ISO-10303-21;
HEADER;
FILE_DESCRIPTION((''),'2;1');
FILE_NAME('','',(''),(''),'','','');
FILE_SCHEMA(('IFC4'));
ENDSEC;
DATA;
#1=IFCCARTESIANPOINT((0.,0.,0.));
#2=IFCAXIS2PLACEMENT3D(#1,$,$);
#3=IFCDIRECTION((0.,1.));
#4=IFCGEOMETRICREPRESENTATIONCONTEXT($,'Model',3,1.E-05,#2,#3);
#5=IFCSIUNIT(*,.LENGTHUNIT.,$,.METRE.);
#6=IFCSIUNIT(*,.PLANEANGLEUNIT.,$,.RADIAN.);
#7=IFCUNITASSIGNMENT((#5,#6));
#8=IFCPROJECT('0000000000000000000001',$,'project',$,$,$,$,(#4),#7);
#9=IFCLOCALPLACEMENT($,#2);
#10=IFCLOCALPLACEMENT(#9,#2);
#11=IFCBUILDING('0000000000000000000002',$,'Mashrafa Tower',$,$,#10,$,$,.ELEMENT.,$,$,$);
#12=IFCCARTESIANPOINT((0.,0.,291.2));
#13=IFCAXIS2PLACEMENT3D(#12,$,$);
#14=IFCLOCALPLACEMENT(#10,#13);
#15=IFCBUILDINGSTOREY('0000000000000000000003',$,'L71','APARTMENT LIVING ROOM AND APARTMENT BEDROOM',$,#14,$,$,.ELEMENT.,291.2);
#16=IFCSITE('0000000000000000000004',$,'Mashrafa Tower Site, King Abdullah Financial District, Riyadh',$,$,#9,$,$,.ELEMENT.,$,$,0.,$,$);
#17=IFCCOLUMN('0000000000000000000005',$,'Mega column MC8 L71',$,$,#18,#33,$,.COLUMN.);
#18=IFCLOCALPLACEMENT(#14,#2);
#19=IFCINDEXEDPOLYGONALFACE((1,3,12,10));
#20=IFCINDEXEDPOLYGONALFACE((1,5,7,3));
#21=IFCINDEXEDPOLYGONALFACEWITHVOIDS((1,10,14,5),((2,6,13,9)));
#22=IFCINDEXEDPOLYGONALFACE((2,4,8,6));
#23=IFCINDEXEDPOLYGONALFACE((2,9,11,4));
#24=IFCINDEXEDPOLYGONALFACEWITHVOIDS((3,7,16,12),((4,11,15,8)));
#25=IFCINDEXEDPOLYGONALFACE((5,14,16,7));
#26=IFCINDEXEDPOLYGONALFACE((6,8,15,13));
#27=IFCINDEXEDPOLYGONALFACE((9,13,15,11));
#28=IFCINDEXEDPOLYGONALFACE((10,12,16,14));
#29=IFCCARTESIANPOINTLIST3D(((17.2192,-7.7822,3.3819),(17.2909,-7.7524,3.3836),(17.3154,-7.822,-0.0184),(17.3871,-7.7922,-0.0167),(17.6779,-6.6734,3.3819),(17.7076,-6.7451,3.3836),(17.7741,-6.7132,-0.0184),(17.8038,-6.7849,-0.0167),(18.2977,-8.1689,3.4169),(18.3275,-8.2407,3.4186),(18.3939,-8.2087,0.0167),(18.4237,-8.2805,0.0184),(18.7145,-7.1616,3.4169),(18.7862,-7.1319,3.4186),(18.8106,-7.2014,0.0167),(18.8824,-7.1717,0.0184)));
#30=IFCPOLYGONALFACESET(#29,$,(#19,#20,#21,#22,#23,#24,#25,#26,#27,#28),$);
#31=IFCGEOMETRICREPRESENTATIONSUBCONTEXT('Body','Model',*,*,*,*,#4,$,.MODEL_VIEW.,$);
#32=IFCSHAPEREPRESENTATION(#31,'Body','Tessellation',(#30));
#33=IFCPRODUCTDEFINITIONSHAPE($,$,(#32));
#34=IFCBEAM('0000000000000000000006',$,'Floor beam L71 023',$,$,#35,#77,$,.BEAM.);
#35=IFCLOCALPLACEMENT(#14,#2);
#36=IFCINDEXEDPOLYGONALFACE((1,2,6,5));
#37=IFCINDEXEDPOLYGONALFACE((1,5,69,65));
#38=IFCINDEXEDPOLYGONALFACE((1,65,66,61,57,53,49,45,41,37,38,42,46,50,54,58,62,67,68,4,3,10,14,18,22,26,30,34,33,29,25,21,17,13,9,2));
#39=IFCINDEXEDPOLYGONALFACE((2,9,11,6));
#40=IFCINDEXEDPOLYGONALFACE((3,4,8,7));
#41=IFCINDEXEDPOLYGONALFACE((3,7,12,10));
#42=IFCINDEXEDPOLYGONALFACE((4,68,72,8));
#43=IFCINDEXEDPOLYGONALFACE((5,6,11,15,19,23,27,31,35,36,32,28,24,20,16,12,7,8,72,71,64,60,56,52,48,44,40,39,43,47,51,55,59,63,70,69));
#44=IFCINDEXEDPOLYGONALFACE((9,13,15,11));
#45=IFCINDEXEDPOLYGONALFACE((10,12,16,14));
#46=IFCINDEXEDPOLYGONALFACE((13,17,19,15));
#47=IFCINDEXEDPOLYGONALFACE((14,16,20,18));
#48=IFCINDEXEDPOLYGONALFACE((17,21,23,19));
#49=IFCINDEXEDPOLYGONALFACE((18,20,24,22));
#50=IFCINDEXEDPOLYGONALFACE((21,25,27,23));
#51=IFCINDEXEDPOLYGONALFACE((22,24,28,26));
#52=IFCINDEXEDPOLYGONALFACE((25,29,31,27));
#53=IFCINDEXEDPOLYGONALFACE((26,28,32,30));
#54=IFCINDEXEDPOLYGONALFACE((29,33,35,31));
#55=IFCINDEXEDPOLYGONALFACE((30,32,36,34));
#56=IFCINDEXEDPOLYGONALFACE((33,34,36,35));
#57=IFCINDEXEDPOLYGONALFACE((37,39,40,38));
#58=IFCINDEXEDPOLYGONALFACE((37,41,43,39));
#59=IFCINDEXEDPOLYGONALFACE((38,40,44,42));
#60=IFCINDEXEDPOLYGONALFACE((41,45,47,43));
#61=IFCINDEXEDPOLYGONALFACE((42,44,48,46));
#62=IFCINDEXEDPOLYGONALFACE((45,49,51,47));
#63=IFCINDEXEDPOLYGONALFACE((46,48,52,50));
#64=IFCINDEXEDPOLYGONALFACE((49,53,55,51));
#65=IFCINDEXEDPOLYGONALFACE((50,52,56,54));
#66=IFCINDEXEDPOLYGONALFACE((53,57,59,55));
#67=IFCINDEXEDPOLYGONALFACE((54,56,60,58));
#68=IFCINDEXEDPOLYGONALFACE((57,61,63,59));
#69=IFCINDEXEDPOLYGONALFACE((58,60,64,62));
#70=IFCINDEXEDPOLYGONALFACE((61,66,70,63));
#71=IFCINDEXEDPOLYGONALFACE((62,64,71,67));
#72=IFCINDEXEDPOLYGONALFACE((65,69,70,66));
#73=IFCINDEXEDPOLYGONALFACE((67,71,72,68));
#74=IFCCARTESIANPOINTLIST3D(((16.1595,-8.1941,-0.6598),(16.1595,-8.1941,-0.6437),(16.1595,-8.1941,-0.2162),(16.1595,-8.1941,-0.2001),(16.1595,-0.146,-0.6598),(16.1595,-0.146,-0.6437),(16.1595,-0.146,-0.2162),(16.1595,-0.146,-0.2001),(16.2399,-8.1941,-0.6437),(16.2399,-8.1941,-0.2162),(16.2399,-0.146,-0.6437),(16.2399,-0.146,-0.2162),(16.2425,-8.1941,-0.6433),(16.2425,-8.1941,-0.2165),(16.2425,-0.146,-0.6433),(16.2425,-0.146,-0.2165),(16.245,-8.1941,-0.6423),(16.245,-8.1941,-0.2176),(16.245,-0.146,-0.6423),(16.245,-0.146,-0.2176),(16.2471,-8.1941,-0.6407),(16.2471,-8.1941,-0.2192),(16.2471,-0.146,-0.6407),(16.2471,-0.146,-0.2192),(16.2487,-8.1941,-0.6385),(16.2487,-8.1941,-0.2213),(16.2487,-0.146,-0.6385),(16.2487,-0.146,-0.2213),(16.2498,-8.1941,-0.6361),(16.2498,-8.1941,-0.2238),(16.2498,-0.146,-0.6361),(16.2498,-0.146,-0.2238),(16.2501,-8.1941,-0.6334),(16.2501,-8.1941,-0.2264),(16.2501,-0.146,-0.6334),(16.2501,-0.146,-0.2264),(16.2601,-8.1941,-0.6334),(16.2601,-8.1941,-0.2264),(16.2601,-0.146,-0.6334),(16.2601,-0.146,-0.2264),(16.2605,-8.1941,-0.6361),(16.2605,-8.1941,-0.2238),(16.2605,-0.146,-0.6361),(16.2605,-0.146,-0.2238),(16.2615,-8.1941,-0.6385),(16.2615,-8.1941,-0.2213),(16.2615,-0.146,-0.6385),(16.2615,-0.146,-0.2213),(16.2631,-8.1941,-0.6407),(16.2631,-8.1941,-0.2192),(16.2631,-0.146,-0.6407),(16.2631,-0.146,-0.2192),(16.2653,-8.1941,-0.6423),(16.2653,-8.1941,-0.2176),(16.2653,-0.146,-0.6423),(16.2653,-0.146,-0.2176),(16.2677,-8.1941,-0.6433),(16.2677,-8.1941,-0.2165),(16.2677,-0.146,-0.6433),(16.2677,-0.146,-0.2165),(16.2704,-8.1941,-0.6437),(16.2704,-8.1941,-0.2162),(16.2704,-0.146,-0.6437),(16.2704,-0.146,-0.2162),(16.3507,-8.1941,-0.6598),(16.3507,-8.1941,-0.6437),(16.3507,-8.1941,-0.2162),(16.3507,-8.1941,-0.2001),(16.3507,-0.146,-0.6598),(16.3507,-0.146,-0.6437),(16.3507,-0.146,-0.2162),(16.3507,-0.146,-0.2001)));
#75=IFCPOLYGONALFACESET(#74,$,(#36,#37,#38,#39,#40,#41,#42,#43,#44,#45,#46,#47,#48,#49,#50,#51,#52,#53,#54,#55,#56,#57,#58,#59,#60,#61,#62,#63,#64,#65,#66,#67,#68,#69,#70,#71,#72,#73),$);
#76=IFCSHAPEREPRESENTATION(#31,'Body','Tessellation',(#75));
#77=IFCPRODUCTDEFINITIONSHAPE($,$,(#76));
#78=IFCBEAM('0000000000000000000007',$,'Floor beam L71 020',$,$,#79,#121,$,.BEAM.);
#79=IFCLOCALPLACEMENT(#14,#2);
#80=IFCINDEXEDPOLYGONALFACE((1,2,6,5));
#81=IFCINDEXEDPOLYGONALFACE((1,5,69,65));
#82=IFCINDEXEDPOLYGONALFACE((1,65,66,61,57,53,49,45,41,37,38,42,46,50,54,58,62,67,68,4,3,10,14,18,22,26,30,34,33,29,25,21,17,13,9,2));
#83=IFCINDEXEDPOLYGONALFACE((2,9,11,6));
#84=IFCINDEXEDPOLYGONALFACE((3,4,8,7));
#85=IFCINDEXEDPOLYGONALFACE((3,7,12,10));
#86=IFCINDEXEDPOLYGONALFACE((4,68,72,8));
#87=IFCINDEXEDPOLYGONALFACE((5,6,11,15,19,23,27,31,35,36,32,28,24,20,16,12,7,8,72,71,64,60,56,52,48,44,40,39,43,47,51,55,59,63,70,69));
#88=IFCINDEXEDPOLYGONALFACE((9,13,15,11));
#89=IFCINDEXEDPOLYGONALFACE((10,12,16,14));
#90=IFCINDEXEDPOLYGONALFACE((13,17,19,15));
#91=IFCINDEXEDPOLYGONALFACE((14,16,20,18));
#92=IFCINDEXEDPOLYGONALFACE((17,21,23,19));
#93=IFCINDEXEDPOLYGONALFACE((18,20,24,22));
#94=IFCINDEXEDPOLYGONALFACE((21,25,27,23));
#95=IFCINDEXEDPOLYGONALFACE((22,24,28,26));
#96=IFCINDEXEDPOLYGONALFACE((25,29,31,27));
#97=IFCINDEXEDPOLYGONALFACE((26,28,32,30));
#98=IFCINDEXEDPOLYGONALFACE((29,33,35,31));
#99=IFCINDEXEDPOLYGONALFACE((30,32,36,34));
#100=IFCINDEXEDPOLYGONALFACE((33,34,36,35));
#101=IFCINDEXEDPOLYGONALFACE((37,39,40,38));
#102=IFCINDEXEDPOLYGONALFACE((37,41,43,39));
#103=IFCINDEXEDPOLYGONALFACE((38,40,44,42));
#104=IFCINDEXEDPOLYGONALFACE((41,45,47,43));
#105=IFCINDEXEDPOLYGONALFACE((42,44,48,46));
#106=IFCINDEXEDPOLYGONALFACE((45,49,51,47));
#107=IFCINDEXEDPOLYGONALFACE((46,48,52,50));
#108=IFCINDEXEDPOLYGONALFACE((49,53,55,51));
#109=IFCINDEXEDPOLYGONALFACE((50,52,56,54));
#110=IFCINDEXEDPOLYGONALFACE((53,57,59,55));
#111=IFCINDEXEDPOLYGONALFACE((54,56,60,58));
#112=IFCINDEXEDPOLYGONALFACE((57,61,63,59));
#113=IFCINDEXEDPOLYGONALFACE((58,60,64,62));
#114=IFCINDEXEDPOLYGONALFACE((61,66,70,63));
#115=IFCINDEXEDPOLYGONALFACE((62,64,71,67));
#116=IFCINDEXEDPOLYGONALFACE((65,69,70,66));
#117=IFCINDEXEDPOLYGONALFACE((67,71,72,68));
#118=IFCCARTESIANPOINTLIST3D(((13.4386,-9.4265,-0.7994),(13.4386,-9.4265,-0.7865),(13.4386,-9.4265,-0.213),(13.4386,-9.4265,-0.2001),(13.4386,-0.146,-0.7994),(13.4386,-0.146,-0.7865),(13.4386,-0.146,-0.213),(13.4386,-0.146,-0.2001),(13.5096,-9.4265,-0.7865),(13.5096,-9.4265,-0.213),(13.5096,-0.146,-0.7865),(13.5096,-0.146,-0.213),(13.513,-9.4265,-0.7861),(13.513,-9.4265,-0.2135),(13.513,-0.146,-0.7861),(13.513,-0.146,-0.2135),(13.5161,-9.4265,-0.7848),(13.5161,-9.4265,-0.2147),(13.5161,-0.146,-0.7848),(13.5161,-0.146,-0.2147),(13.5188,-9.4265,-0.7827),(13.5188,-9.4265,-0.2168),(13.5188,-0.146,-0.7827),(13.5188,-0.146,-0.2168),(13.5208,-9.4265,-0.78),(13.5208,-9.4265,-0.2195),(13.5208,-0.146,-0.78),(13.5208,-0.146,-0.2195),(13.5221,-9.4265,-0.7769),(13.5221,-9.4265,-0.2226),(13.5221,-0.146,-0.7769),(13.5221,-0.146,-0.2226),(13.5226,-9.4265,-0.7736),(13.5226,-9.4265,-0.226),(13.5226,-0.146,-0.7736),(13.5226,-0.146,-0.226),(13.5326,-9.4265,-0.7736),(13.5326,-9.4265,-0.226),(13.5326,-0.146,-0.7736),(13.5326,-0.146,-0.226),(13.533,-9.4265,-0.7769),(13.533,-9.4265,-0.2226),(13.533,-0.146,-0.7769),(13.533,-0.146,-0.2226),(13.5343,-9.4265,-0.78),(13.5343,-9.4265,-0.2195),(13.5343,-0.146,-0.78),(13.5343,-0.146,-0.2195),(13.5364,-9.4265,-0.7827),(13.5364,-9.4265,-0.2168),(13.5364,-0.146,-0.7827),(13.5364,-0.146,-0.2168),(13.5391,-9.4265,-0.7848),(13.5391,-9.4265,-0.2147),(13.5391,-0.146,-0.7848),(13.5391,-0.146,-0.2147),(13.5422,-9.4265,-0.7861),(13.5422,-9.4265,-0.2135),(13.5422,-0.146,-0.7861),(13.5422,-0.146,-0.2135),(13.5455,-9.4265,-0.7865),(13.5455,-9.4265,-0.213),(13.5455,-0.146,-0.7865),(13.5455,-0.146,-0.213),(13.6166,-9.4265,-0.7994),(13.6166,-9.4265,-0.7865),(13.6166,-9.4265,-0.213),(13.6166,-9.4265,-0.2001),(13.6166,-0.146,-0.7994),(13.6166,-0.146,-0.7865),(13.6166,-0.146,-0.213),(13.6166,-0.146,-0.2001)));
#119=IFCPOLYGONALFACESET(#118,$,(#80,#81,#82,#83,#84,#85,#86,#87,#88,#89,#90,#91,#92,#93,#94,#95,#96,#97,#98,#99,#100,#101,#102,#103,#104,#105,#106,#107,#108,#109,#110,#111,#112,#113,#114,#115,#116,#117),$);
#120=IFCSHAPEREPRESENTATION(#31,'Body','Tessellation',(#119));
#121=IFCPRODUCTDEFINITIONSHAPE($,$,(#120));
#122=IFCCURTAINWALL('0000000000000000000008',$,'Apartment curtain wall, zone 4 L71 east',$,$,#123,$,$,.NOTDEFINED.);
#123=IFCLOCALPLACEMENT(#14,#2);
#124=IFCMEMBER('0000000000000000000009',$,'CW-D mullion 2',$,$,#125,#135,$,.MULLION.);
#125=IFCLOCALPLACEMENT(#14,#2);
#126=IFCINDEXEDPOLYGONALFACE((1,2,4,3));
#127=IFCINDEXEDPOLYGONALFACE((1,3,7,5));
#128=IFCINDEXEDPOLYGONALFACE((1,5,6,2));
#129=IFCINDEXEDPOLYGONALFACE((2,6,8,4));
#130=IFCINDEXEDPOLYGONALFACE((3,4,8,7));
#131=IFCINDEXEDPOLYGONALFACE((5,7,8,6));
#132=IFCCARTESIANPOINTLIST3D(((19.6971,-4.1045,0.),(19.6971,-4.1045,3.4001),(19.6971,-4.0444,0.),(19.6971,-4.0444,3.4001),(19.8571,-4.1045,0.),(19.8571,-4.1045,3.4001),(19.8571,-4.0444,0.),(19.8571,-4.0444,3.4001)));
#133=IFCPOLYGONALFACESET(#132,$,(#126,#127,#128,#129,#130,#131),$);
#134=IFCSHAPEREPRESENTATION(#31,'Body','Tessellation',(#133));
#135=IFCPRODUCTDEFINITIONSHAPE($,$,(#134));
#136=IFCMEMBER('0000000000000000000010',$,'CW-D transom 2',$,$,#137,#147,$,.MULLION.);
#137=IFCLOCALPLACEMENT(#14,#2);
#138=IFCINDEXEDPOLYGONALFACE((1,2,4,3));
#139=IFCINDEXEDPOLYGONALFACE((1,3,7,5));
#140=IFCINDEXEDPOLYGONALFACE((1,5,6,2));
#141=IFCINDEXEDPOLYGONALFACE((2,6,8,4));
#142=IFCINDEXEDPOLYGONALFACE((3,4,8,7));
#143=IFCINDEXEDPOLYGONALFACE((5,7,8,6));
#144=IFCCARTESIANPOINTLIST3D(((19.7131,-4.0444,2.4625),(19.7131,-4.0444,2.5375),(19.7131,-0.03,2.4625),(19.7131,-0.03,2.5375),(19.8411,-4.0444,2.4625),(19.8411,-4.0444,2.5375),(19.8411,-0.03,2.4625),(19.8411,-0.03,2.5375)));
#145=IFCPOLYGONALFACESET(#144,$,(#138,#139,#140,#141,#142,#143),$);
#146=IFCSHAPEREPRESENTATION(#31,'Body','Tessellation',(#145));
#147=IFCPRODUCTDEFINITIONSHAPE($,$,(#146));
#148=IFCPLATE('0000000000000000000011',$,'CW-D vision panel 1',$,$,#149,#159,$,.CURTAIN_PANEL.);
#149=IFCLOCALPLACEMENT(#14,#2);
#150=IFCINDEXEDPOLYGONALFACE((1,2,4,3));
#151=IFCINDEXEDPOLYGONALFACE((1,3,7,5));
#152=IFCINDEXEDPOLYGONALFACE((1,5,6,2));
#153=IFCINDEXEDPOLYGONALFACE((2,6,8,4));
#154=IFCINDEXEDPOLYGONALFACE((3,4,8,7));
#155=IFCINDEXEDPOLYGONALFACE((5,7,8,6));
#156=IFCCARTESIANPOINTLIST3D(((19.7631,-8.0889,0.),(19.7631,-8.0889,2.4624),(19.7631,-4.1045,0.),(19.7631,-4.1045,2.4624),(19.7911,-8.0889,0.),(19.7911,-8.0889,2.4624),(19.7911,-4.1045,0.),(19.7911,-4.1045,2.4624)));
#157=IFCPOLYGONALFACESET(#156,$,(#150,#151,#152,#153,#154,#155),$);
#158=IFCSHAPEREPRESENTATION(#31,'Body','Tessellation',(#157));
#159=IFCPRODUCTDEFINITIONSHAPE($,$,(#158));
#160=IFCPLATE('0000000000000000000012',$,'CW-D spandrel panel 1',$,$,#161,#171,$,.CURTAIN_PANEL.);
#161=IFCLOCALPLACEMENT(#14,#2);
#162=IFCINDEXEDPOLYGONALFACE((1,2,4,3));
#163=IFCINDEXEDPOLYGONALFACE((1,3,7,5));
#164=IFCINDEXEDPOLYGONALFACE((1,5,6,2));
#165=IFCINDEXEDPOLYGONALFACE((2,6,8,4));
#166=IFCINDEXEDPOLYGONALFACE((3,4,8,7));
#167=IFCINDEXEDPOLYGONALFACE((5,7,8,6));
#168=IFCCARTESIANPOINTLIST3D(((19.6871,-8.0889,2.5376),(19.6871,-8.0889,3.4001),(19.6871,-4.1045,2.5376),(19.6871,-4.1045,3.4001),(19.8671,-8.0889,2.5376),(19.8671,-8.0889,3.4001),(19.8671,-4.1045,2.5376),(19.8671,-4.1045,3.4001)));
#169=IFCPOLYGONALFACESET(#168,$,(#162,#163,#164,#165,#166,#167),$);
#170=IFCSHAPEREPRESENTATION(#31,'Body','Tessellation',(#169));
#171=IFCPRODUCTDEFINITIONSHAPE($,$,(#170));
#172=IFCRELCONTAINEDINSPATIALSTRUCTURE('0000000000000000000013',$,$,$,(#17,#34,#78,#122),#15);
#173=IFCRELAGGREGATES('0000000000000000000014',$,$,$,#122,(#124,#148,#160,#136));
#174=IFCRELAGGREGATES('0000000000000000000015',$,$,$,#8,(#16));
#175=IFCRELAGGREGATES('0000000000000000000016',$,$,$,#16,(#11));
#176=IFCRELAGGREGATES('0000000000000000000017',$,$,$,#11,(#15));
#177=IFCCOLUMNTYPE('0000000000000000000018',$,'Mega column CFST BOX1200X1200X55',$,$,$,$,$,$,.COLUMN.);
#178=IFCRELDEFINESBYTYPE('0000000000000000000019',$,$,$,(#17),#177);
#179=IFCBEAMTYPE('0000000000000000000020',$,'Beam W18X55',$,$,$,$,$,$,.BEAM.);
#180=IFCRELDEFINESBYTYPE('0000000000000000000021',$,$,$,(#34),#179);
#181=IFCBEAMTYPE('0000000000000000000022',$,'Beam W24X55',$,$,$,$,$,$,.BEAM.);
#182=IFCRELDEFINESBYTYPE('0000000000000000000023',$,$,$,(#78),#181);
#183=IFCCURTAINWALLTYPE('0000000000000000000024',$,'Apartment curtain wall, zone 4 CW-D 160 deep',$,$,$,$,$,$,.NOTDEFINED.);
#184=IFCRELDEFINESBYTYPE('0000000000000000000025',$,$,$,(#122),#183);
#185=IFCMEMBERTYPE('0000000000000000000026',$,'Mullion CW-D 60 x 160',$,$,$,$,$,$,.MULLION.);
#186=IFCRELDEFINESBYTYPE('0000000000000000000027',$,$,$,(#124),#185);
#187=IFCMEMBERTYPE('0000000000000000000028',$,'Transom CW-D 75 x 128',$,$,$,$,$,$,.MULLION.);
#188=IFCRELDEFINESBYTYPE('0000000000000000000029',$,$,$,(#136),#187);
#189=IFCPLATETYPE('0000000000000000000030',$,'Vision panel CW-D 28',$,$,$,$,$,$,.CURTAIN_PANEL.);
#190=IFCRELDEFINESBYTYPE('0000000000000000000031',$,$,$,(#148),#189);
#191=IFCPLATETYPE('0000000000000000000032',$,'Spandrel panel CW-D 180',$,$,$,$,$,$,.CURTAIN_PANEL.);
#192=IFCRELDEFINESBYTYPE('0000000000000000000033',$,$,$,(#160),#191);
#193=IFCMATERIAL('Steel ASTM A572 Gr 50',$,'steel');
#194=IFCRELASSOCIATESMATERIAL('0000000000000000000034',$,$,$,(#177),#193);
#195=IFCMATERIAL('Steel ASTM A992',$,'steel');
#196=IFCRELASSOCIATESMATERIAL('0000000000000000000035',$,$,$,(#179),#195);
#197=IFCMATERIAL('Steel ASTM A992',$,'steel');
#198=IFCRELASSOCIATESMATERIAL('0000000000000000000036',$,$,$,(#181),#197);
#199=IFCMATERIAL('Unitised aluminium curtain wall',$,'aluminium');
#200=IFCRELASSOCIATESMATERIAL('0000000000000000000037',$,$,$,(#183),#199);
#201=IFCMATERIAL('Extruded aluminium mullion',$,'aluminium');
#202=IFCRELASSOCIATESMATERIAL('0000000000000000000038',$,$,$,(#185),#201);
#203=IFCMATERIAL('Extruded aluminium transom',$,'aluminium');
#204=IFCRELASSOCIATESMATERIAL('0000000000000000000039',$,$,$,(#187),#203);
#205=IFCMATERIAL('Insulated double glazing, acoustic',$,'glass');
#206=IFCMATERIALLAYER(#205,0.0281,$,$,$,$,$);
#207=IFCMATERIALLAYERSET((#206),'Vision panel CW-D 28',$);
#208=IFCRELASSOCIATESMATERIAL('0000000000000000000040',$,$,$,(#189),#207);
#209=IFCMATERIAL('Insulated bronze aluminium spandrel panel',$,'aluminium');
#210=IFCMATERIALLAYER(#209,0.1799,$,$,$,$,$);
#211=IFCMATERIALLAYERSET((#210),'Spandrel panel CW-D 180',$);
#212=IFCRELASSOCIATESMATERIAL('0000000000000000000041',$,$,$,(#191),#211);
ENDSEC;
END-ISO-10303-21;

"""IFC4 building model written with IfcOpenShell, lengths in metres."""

from ifc_helpers import new_model, si_unit, direction, frame, origin, origin_2d, place, context, subcontext, project, spatial, rectangle, hollow_rectangle, i_section, extrude, source, transform, mapped, material, layer, layer_set, material_profile, profile_set, type_object, type_shapes, element, aggregate, save


model = new_model("IFC4")

# Units and contexts
model_context = context("Model", 3, precision=1e-05, world=origin(), true_north=direction((0.0, 1.0)))
body_context = subcontext(model_context, "Body", "Model", "MODEL_VIEW")
ifc_project = project(units=[si_unit("LENGTHUNIT", "METRE"), si_unit("PLANEANGLEUNIT", "RADIAN")], contexts=[model_context])

# Site, building, storey
site_placement = place(None, origin())
site = spatial("IfcSite", under=ifc_project, at=site_placement, Name="Mashrafa Tower Site, King Abdullah Financial District, Riyadh", CompositionType="ELEMENT", RefElevation=0.0)
building_placement = place(site_placement, origin())
building = spatial("IfcBuilding", under=site, at=building_placement, Name="Mashrafa Tower", CompositionType="ELEMENT")
storey_placement = place(building_placement, frame((0.0, 0.0, 291.2)))
storey = spatial("IfcBuildingStorey", under=building, at=storey_placement, Name="L71", Description="APARTMENT LIVING ROOM AND APARTMENT BEDROOM", CompositionType="ELEMENT", Elevation=291.2)

# Column
ifc_material_1 = material(Name="Steel ASTM A572 Gr 50", Category="steel")
ifc_material_profile_1 = material_profile(ifc_material_1, hollow_rectangle(XDim=1.2, YDim=1.2, WallThickness=0.0549, at=origin_2d()), Name="BOX1200X1200X55")
ifc_profile_set_1 = profile_set([ifc_material_profile_1], Name="Steel ASTM A572 Gr 50")
column_type = type_object("IfcColumnType", Name="Mega column CFST BOX1200X1200X55", PredefinedType="COLUMN", material=ifc_profile_set_1)
column_placement = place(storey_placement, frame((18.0989, -7.4968, 0.0), z_axis=(-0.028277, 0.011698, 0.999532), x_axis=(-0.382283, -0.924045, 0.0)))
element("IfcColumn", 1, at=column_placement, inside=storey, type_object=column_type, Name="Mega column MC8 L71", PredefinedType="COLUMN", context=body_context, shape_type="SweptSolid", body=[
    extrude(hollow_rectangle(XDim=1.2, YDim=1.2, WallThickness=0.0549, at=origin_2d()), origin(), (0.0, 0.0, 1.0), 3.4019),
])

# Beams
ifc_material_2 = material(Name="Steel ASTM A992", Category="steel")
ifc_material_profile_2 = material_profile(ifc_material_2, i_section(OverallWidth=0.1912, OverallDepth=0.4597, WebThickness=0.01, FlangeThickness=0.0161, FilletRadius=0.0103, at=origin_2d()), Name="W18X55")
ifc_profile_set_2 = profile_set([ifc_material_profile_2], Name="Steel ASTM A992")
beam_type_1 = type_object("IfcBeamType", Name="Beam W18X55", PredefinedType="BEAM", material=ifc_profile_set_2)
beam_1_placement = place(storey_placement, frame((16.2551, -0.146, -0.4299), z_axis=(0.0, -1.0, 0.0), x_axis=(1.0, 0.0, 0.0)))
element("IfcBeam", 2, at=beam_1_placement, inside=storey, type_object=beam_type_1, Name="Floor beam L71 023", PredefinedType="BEAM", context=body_context, shape_type="SweptSolid", body=[
    extrude(i_section(OverallWidth=0.1912, OverallDepth=0.4597, WebThickness=0.01, FlangeThickness=0.0161, FilletRadius=0.0103, at=origin_2d()), origin(), (0.0, 0.0, 1.0), 8.0481),
])
ifc_material_3 = material(Name="Steel ASTM A992", Category="steel")
ifc_material_profile_3 = material_profile(ifc_material_3, i_section(OverallWidth=0.178, OverallDepth=0.5994, WebThickness=0.01, FlangeThickness=0.0129, FilletRadius=0.0129, at=origin_2d()), Name="W24X55")
ifc_profile_set_3 = profile_set([ifc_material_profile_3], Name="Steel ASTM A992")
beam_type_2 = type_object("IfcBeamType", Name="Beam W24X55", PredefinedType="BEAM", material=ifc_profile_set_3)
beam_2_placement = place(storey_placement, frame((13.5276, -0.146, -0.4998), z_axis=(0.0, -1.0, 0.0), x_axis=(1.0, 0.0, 0.0)))
element("IfcBeam", 3, at=beam_2_placement, inside=storey, type_object=beam_type_2, Name="Floor beam L71 020", PredefinedType="BEAM", context=body_context, shape_type="SweptSolid", body=[
    extrude(i_section(OverallWidth=0.178, OverallDepth=0.5994, WebThickness=0.01, FlangeThickness=0.0129, FilletRadius=0.0129, at=origin_2d()), origin(), (0.0, 0.0, 1.0), 9.2805),
])

# Curtain wall, members, plates
ifc_material_4 = material(Name="Unitised aluminium curtain wall", Category="aluminium")
curtain_wall_type = type_object("IfcCurtainWallType", Name="Apartment curtain wall, zone 4 CW-D 160 deep", PredefinedType="NOTDEFINED", material=ifc_material_4)
curtain_wall_placement = place(storey_placement, origin())
curtain_wall = element("IfcCurtainWall", 4, at=curtain_wall_placement, inside=storey, type_object=curtain_wall_type, Name="Apartment curtain wall, zone 4 L71 east", PredefinedType="NOTDEFINED")
ifc_material_5 = material(Name="Extruded aluminium mullion", Category="aluminium")
ifc_material_profile_4 = material_profile(ifc_material_5, rectangle(XDim=0.1599, YDim=0.0601, at=origin_2d()), Name="Mullion 60x160")
ifc_profile_set_4 = profile_set([ifc_material_profile_4], Name="Extruded aluminium mullion")
member_type_1 = type_object("IfcMemberType", Name="Mullion CW-D 60 x 160", PredefinedType="MULLION", material=ifc_profile_set_4)
shared_shape_1 = source(origin(), body_context, "Body", "SweptSolid", [
    extrude(rectangle(XDim=0.1599, YDim=0.0601, at=origin_2d()), origin(), (0.0, 0.0, 1.0), 3.4001),
])
type_shapes(member_type_1, [shared_shape_1])
member_1_placement = place(storey_placement, frame((19.7771, -4.0745, 0.0), z_axis=(0.0, 0.0, 1.0), x_axis=(-1.0, 0.0, 0.0)))
member_1 = element("IfcMember", 5, at=member_1_placement, type_object=member_type_1, Name="CW-D mullion 2", PredefinedType="MULLION", context=body_context, shape_type="MappedRepresentation", body=[
    mapped(shared_shape_1, transform((0.0, 0.0, 0.0))),
])
ifc_material_6 = material(Name="Extruded aluminium transom", Category="aluminium")
ifc_material_profile_5 = material_profile(ifc_material_6, rectangle(XDim=0.1279, YDim=0.075, at=origin_2d()), Name="Transom 75x128")
ifc_profile_set_5 = profile_set([ifc_material_profile_5], Name="Extruded aluminium transom")
member_type_2 = type_object("IfcMemberType", Name="Transom CW-D 75 x 128", PredefinedType="MULLION", material=ifc_profile_set_5)
shared_shape_2 = source(origin(), body_context, "Body", "SweptSolid", [
    extrude(rectangle(XDim=0.1279, YDim=0.075, at=origin_2d()), origin(), (0.0, 0.0, 1.0), 4.0144),
])
type_shapes(member_type_2, [shared_shape_2])
member_2_placement = place(storey_placement, frame((19.7771, -4.0444, 2.5), z_axis=(0.0, 1.0, 0.0), x_axis=(-1.0, 0.0, 0.0)))
member_2 = element("IfcMember", 6, at=member_2_placement, type_object=member_type_2, Name="CW-D transom 2", PredefinedType="MULLION", context=body_context, shape_type="MappedRepresentation", body=[
    mapped(shared_shape_2, transform((0.0, 0.0, 0.0))),
])
ifc_material_7 = material(Name="Insulated double glazing, acoustic", Category="glass")
ifc_layer_1 = layer(ifc_material_7, 0.0281)
ifc_layer_set_1 = layer_set([ifc_layer_1], Name="Vision panel CW-D 28")
plate_type_1 = type_object("IfcPlateType", Name="Vision panel CW-D 28", PredefinedType="CURTAIN_PANEL", material=ifc_layer_set_1)
shared_shape_3 = source(origin(), body_context, "Body", "SweptSolid", [
    extrude(rectangle(XDim=3.9844, YDim=0.0281, at=origin_2d()), origin(), (0.0, 0.0, 1.0), 2.4624),
])
plate_1_placement = place(storey_placement, frame((19.7771, -6.0967, 0.0), z_axis=(0.0, 0.0, 1.0), x_axis=(0.0, 1.0, 0.0)))
plate_1 = element("IfcPlate", 7, at=plate_1_placement, type_object=plate_type_1, Name="CW-D vision panel 1", PredefinedType="CURTAIN_PANEL", context=body_context, shape_type="MappedRepresentation", body=[
    mapped(shared_shape_3, transform((0.0, 0.0, 0.0))),
])
ifc_material_8 = material(Name="Insulated bronze aluminium spandrel panel", Category="aluminium")
ifc_layer_2 = layer(ifc_material_8, 0.1799)
ifc_layer_set_2 = layer_set([ifc_layer_2], Name="Spandrel panel CW-D 180")
plate_type_2 = type_object("IfcPlateType", Name="Spandrel panel CW-D 180", PredefinedType="CURTAIN_PANEL", material=ifc_layer_set_2)
shared_shape_4 = source(origin(), body_context, "Body", "SweptSolid", [
    extrude(rectangle(XDim=3.9844, YDim=0.1799, at=origin_2d()), origin(), (0.0, 0.0, 1.0), 0.8625),
])
plate_2_placement = place(storey_placement, frame((19.7771, -6.0967, 2.5376), z_axis=(0.0, 0.0, 1.0), x_axis=(0.0, 1.0, 0.0)))
plate_2 = element("IfcPlate", 8, at=plate_2_placement, type_object=plate_type_2, Name="CW-D spandrel panel 1", PredefinedType="CURTAIN_PANEL", context=body_context, shape_type="MappedRepresentation", body=[
    mapped(shared_shape_4, transform((0.0, 0.0, 0.0))),
])
aggregate(curtain_wall, [member_1, plate_1, plate_2, member_2])

save(model, "model.ifc")
